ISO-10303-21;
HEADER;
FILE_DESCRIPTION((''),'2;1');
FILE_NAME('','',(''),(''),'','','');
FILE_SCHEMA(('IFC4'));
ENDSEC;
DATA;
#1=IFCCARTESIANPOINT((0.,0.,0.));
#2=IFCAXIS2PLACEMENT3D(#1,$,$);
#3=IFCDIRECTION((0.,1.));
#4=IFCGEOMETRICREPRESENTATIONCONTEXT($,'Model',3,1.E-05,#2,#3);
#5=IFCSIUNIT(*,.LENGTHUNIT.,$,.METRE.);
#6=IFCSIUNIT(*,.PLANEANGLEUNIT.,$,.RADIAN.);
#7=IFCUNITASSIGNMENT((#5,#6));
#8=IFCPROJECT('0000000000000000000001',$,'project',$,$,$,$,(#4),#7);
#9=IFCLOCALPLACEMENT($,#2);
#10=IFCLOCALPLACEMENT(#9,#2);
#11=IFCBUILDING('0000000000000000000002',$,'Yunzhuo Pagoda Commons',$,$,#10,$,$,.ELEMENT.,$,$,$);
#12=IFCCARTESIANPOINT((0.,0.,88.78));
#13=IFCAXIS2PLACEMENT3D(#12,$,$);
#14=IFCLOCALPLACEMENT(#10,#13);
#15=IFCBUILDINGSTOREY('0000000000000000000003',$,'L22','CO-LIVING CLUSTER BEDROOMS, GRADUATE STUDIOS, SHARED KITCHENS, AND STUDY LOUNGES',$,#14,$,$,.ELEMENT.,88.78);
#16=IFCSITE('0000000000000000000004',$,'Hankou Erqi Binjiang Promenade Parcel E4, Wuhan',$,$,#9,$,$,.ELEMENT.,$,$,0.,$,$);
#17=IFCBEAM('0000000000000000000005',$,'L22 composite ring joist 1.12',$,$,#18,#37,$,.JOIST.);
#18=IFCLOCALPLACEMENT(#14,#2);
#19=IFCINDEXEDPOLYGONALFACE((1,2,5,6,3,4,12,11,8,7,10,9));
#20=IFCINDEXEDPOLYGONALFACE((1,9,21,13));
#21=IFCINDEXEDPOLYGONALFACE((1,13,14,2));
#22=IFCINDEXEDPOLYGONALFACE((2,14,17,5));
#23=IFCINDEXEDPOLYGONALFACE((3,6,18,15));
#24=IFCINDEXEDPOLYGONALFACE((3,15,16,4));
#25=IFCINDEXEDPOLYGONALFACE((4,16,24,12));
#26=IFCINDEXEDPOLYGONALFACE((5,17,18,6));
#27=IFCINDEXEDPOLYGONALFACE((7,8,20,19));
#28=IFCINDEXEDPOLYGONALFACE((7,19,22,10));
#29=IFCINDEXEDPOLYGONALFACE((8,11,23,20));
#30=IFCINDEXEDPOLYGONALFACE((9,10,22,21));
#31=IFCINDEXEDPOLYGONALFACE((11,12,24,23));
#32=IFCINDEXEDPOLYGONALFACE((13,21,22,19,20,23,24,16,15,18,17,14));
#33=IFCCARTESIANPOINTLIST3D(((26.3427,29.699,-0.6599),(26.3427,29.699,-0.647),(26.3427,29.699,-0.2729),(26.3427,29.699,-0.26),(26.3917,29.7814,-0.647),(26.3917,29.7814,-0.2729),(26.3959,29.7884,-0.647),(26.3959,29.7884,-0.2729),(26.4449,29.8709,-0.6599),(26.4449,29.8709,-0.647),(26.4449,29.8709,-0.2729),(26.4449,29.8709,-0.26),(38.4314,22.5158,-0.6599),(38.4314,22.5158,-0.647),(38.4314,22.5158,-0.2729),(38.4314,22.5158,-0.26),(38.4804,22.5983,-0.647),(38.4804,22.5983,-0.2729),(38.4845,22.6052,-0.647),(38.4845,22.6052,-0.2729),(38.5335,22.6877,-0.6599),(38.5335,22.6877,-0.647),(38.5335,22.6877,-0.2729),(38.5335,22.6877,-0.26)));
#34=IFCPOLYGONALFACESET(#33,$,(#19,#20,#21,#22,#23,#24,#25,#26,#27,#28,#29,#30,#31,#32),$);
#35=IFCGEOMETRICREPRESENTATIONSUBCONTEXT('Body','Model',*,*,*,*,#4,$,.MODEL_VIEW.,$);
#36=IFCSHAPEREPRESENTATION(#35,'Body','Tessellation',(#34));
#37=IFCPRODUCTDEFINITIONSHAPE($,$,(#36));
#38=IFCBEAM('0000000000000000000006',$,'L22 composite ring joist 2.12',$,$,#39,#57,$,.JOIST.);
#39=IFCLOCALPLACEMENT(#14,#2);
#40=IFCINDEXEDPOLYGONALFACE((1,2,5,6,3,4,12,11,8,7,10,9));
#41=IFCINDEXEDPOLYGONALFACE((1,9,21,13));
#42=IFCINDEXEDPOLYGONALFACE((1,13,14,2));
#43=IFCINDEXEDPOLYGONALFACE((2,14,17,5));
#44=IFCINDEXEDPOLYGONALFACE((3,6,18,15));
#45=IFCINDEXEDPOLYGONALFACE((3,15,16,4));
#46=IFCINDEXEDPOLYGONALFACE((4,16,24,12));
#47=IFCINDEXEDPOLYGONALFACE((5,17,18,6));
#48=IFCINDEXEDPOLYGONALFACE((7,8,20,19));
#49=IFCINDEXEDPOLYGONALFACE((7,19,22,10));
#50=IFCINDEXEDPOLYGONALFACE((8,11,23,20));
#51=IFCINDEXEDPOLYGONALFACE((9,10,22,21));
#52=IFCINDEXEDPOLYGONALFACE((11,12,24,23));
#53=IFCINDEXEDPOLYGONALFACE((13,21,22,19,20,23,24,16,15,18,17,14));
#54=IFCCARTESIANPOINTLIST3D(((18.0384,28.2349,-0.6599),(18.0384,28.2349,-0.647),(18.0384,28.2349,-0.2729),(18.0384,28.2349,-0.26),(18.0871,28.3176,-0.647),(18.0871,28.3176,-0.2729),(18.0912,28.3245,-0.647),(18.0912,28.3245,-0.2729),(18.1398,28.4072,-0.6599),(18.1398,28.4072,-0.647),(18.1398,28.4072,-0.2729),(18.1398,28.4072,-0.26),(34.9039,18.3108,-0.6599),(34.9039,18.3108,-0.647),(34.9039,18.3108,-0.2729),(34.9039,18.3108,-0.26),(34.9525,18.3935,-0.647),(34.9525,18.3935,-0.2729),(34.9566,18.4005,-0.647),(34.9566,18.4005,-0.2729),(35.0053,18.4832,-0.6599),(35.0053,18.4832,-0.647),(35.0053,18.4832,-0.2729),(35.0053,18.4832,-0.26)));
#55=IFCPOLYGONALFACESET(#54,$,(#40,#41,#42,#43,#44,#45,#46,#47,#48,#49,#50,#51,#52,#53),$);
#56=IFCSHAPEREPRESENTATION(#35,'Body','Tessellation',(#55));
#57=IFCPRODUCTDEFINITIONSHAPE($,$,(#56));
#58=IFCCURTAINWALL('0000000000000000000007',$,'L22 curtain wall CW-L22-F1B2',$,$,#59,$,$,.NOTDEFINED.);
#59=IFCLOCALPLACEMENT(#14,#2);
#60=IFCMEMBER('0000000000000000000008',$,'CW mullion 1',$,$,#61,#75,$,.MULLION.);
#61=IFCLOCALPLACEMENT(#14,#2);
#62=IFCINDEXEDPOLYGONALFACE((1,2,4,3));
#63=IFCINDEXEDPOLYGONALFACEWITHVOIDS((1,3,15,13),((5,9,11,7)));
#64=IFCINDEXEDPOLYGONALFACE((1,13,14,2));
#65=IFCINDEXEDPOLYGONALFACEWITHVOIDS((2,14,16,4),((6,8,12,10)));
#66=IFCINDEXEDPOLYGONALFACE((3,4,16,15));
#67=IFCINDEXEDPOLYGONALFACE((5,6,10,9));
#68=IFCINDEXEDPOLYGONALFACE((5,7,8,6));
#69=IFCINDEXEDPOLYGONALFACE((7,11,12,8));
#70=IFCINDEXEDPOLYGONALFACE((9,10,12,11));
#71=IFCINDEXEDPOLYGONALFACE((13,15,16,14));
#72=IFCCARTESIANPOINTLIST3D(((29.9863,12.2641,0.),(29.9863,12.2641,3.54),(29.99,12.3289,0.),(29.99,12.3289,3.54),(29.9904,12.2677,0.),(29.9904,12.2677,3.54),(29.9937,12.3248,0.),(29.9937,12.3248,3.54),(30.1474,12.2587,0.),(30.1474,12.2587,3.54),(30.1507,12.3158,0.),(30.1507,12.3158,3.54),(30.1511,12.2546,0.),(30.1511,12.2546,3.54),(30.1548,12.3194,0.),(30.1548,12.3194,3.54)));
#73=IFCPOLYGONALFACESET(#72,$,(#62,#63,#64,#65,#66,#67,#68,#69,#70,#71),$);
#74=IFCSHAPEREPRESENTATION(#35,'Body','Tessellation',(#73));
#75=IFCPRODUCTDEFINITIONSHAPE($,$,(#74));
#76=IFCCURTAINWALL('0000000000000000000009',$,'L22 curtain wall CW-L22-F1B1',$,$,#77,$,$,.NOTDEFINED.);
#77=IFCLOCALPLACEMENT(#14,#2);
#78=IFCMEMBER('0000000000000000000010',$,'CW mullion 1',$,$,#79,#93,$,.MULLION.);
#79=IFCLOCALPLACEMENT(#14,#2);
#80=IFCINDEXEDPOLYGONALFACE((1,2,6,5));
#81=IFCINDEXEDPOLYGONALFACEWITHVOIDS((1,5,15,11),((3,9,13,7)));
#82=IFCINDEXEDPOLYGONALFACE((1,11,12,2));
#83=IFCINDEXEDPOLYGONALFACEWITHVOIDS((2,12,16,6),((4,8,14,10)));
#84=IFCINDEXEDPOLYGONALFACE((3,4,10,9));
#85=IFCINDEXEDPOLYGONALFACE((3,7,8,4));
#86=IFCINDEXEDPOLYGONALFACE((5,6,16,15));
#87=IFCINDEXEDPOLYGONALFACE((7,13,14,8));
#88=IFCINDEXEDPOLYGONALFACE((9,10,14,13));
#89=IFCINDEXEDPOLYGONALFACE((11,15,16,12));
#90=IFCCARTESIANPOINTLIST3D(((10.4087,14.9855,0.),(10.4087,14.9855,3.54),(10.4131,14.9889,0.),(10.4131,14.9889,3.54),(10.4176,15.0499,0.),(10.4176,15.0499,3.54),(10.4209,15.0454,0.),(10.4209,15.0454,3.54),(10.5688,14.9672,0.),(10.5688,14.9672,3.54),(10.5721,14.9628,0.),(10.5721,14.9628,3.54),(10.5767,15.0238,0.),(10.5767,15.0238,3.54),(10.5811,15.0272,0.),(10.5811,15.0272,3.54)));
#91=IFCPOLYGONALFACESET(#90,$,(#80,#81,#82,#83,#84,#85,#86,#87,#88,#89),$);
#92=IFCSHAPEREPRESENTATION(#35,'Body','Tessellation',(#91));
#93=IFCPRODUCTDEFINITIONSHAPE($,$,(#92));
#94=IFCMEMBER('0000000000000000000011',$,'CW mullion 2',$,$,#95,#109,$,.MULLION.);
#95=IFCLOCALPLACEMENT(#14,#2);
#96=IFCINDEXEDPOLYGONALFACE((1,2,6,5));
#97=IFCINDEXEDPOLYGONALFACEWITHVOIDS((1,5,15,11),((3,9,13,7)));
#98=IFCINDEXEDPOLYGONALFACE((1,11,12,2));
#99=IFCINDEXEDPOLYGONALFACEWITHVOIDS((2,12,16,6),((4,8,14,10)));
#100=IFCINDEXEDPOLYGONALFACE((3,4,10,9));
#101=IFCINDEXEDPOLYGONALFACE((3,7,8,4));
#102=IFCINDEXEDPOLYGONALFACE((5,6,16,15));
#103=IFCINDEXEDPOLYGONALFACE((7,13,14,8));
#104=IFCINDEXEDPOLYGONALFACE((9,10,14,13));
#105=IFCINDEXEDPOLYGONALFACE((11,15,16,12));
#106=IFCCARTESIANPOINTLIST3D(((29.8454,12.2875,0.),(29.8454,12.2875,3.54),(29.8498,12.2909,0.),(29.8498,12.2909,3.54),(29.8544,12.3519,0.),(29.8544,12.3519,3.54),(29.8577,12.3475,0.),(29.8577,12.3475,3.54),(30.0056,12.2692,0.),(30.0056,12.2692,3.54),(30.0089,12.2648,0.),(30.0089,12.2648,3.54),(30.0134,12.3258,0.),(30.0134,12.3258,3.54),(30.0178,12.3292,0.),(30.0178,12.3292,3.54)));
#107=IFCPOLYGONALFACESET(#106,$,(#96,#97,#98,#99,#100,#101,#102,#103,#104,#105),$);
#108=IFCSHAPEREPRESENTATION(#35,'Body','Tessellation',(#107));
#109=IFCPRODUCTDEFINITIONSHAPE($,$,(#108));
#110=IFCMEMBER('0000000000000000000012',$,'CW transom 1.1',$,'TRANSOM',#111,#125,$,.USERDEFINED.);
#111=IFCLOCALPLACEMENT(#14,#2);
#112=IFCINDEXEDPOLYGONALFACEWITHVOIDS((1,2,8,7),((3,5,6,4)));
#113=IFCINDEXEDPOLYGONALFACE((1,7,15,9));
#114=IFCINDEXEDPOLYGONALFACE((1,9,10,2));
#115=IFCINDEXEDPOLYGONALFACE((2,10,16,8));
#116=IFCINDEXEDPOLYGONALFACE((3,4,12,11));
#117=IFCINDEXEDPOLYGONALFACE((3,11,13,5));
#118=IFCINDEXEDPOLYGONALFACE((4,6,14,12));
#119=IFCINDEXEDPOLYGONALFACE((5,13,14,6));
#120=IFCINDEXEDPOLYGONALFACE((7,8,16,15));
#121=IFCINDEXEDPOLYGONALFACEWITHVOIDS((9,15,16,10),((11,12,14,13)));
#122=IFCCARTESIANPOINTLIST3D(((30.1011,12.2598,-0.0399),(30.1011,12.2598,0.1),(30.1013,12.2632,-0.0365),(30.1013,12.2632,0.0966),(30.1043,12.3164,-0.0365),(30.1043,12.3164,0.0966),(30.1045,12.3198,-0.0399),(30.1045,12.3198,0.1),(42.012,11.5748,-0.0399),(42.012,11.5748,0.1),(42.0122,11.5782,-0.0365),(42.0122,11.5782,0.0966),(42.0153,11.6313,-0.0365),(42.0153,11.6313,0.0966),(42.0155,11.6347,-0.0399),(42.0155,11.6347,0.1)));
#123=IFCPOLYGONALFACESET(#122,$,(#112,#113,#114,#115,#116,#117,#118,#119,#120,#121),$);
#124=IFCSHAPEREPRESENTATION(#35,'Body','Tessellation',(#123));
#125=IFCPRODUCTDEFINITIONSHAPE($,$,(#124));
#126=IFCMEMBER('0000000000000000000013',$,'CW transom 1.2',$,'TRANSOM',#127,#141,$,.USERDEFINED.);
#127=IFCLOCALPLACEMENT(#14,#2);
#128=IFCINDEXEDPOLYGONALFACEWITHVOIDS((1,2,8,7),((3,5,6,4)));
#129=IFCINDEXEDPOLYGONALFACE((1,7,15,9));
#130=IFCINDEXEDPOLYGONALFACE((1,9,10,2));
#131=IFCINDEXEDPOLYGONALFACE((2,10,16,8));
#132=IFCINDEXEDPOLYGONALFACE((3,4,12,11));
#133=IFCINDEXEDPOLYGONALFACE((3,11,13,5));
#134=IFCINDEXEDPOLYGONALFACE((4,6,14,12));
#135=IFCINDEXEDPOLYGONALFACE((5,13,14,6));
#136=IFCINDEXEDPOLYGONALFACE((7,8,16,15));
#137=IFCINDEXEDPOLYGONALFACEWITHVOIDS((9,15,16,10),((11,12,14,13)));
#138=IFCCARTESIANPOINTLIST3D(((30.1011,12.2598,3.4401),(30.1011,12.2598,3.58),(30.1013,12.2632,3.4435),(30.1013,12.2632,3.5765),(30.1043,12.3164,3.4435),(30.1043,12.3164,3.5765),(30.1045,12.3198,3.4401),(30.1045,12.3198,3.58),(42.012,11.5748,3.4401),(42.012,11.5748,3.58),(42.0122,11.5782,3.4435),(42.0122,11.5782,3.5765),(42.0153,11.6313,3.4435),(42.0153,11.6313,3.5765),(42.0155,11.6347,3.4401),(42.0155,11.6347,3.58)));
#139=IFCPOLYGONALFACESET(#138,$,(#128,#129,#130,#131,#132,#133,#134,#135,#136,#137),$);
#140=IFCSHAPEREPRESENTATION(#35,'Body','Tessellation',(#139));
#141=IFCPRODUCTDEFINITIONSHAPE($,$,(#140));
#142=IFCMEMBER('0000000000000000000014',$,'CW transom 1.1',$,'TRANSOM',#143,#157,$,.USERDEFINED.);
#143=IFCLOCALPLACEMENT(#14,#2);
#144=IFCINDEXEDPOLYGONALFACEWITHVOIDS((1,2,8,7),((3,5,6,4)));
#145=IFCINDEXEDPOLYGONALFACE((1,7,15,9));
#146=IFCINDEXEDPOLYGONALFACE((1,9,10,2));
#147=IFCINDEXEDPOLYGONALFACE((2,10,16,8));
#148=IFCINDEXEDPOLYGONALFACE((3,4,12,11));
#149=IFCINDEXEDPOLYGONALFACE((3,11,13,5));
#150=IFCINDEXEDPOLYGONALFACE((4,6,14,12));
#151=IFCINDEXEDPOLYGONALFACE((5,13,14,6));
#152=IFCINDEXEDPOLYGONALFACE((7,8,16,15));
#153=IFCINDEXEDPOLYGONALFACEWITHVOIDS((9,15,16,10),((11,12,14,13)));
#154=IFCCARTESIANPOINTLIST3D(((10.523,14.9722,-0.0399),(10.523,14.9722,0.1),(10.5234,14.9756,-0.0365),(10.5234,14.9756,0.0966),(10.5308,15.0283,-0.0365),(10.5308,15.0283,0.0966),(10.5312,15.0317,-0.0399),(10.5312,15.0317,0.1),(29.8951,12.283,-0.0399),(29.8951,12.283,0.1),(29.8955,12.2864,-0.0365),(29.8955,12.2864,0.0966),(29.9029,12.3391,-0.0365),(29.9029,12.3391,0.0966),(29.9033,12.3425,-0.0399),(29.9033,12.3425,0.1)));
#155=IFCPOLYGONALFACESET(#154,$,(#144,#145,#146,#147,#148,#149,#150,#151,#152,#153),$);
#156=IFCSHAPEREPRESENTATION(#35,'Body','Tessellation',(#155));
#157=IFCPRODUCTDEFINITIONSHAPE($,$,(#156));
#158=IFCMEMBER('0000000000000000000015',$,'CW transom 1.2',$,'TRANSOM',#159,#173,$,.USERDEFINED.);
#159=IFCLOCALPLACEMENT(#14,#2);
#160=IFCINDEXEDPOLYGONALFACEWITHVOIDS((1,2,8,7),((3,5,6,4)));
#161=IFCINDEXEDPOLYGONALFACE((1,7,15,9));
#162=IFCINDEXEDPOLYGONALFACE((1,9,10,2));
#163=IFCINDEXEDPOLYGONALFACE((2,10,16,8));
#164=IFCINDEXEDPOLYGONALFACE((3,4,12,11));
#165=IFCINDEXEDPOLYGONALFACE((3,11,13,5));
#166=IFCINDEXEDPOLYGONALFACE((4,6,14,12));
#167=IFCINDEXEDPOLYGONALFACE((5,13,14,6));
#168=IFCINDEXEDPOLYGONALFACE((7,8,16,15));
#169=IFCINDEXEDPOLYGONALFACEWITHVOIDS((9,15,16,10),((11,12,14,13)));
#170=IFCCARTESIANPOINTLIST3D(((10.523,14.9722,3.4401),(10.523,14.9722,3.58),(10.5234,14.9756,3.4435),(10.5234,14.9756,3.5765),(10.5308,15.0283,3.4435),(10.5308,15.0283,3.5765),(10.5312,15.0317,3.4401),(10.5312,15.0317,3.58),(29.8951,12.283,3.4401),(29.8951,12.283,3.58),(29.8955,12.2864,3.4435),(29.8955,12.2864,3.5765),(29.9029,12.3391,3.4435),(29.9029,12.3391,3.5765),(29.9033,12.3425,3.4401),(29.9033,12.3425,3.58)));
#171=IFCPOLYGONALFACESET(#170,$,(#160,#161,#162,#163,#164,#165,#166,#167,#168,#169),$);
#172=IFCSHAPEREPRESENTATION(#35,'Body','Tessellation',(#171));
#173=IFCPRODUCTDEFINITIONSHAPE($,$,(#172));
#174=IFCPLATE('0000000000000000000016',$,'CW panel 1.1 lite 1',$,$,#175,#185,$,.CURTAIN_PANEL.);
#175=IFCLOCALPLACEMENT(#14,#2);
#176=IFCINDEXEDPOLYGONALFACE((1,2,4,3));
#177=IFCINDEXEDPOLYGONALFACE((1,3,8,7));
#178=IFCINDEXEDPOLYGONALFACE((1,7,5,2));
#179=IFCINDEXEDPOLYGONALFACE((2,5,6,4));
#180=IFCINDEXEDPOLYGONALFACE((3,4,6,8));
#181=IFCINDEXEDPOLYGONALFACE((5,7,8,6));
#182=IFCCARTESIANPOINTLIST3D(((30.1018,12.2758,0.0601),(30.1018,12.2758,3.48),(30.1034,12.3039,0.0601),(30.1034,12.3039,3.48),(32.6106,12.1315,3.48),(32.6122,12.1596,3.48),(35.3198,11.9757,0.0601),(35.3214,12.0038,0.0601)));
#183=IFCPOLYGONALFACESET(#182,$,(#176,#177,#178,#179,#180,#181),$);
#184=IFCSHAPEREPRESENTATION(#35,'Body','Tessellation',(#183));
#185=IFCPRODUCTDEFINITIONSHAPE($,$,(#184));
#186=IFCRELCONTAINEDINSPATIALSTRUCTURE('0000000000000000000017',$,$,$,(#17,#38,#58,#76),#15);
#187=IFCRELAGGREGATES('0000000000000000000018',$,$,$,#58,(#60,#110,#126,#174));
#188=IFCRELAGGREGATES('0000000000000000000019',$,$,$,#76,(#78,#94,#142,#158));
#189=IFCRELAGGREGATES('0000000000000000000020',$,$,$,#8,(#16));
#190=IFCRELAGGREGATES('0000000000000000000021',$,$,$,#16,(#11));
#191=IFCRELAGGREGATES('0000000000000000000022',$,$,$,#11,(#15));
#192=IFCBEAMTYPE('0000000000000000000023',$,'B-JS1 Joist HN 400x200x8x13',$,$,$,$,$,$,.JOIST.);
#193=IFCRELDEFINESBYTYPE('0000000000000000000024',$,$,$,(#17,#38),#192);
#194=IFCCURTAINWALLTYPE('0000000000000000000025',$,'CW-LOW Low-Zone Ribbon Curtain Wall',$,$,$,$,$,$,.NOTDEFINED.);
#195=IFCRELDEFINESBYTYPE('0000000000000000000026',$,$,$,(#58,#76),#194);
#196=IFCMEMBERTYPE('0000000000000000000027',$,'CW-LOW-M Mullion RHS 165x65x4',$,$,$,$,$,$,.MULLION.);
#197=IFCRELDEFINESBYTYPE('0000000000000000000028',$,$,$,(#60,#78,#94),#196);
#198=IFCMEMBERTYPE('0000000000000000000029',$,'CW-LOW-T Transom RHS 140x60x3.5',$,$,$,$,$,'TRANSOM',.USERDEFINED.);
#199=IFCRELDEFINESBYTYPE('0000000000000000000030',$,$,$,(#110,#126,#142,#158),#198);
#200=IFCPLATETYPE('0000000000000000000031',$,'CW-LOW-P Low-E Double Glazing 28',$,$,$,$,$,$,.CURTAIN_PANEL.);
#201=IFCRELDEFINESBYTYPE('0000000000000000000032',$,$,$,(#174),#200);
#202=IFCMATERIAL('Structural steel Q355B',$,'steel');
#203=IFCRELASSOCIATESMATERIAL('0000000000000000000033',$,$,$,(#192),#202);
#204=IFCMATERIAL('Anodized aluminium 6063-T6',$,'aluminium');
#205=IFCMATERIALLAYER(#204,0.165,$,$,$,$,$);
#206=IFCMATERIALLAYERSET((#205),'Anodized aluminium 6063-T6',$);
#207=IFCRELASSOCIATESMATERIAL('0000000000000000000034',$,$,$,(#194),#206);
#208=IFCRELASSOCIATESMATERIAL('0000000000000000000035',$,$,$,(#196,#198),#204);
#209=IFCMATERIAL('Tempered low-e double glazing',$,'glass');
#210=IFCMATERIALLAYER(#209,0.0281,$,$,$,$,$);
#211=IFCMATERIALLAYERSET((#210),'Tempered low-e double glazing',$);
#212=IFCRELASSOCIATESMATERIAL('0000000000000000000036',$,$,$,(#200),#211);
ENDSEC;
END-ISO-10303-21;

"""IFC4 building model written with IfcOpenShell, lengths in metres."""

from ifc_helpers import new_model, si_unit, direction, frame, origin, origin_2d, place, context, subcontext, project, spatial, polyline, hollow_rectangle, i_section, outline, extrude, source, transform, mapped, material, layer, layer_set, material_profile, profile_set, type_object, element, aggregate, save


model = new_model("IFC4")

# Units and contexts
model_context = context("Model", 3, precision=1e-05, world=origin(), true_north=direction((0.0, 1.0)))
body_context = subcontext(model_context, "Body", "Model", "MODEL_VIEW")
ifc_project = project(units=[si_unit("LENGTHUNIT", "METRE"), si_unit("PLANEANGLEUNIT", "RADIAN")], contexts=[model_context])

# Site, building, storey
site_placement = place(None, origin())
site = spatial("IfcSite", under=ifc_project, at=site_placement, Name="Hankou Erqi Binjiang Promenade Parcel E4, Wuhan", CompositionType="ELEMENT", RefElevation=0.0)
building_placement = place(site_placement, origin())
building = spatial("IfcBuilding", under=site, at=building_placement, Name="Yunzhuo Pagoda Commons", CompositionType="ELEMENT")
storey_placement = place(building_placement, frame((0.0, 0.0, 88.78)))
storey = spatial("IfcBuildingStorey", under=building, at=storey_placement, Name="L22", Description="CO-LIVING CLUSTER BEDROOMS, GRADUATE STUDIOS, SHARED KITCHENS, AND STUDY LOUNGES", CompositionType="ELEMENT", Elevation=88.78)

# Beams
ifc_material_1 = material(Name="Structural steel Q355B", Category="steel")
ifc_material_profile_1 = material_profile(ifc_material_1, i_section(OverallWidth=0.2, OverallDepth=0.3999, WebThickness=0.0081, FlangeThickness=0.0129, at=origin_2d()), Name="Structural steel Q355B")
ifc_profile_set_1 = profile_set([ifc_material_profile_1], Name="Structural steel Q355B")
beam_type_1 = type_object("IfcBeamType", Name="B-JS1 Joist HN 400x200x8x13", PredefinedType="JOIST", material=ifc_profile_set_1)
shared_shape_1 = source(origin(), body_context, "Body", "SweptSolid", [
    extrude(i_section(OverallWidth=0.2, OverallDepth=0.3999, WebThickness=0.0081, FlangeThickness=0.0129, at=origin_2d()), origin(), (0.0, 0.0, 1.0), 14.0618),
])
beam_1_placement = place(storey_placement, frame((26.3938, 29.7849, -0.46), z_axis=(0.859683, -0.510827, 0.0), x_axis=(0.510827, 0.859683, 0.0)))
element("IfcBeam", 1, at=beam_1_placement, inside=storey, type_object=beam_type_1, Name="L22 composite ring joist 1.12", PredefinedType="JOIST", context=body_context, shape_type="MappedRepresentation", body=[
    mapped(shared_shape_1, transform((0.0, 0.0, 0.0), scale=1.0)),
])
shared_shape_2 = source(origin(), body_context, "Body", "SweptSolid", [
    extrude(i_section(OverallWidth=0.2, OverallDepth=0.3999, WebThickness=0.0081, FlangeThickness=0.0129, at=origin_2d()), origin(), (0.0, 0.0, 1.0), 19.5686),
])
beam_2_placement = place(storey_placement, frame((18.0891, 28.321, -0.46), z_axis=(0.861863, -0.507142, 0.0), x_axis=(0.507142, 0.861863, 0.0)))
element("IfcBeam", 2, at=beam_2_placement, inside=storey, type_object=beam_type_1, Name="L22 composite ring joist 2.12", PredefinedType="JOIST", context=body_context, shape_type="MappedRepresentation", body=[
    mapped(shared_shape_2, transform((0.0, 0.0, 0.0), scale=1.0)),
])

# Curtain wall, member
ifc_material_2 = material(Name="Anodized aluminium 6063-T6", Category="aluminium")
ifc_layer_1 = layer(ifc_material_2, 0.165)
ifc_layer_set_1 = layer_set([ifc_layer_1], Name="Anodized aluminium 6063-T6")
curtain_wall_type = type_object("IfcCurtainWallType", Name="CW-LOW Low-Zone Ribbon Curtain Wall", PredefinedType="NOTDEFINED", material=ifc_layer_set_1)
curtain_wall_1_placement = place(storey_placement, origin())
curtain_wall_1 = element("IfcCurtainWall", 3, at=curtain_wall_1_placement, inside=storey, type_object=curtain_wall_type, Name="L22 curtain wall CW-L22-F1B2", PredefinedType="NOTDEFINED")
ifc_material_profile_2 = material_profile(ifc_material_2, hollow_rectangle(XDim=0.0649, YDim=0.165, WallThickness=0.0039, at=origin_2d()), Name="Anodized aluminium 6063-T6")
ifc_profile_set_2 = profile_set([ifc_material_profile_2], Name="Anodized aluminium 6063-T6")
member_type_1 = type_object("IfcMemberType", Name="CW-LOW-M Mullion RHS 165x65x4", PredefinedType="MULLION", material=ifc_profile_set_2)
shared_shape_3 = source(origin(), body_context, "Body", "SweptSolid", [
    extrude(hollow_rectangle(XDim=0.0649, YDim=0.165, WallThickness=0.0039, at=origin_2d()), origin(), (0.0, 0.0, 1.0), 3.54),
])
member_1_placement = place(storey_placement, frame((30.0706, 12.2917, 0.0), z_axis=(0.0, 0.0, 1.0), x_axis=(0.057418, 0.99835, 0.0)))
member_1 = element("IfcMember", 4, at=member_1_placement, type_object=member_type_1, Name="CW mullion 1", PredefinedType="MULLION", context=body_context, shape_type="MappedRepresentation", body=[
    mapped(shared_shape_3, transform((0.0, 0.0, 0.0), scale=1.0)),
])

# Curtain wall, members
curtain_wall_2_placement = place(storey_placement, origin())
curtain_wall_2 = element("IfcCurtainWall", 5, at=curtain_wall_2_placement, inside=storey, type_object=curtain_wall_type, Name="L22 curtain wall CW-L22-F1B1", PredefinedType="NOTDEFINED")
member_2_placement = place(storey_placement, frame((10.4949, 15.0063, 0.0), z_axis=(0.0, 0.0, 1.0), x_axis=(0.137496, 0.990502, 0.0)))
member_2 = element("IfcMember", 6, at=member_2_placement, type_object=member_type_1, Name="CW mullion 1", PredefinedType="MULLION", context=body_context, shape_type="MappedRepresentation", body=[
    mapped(shared_shape_3, transform((0.0, 0.0, 0.0), scale=1.0)),
])
member_3_placement = place(storey_placement, frame((29.9316, 12.3083, 0.0), z_axis=(0.0, 0.0, 1.0), x_axis=(0.137496, 0.990502, 0.0)))
member_3 = element("IfcMember", 7, at=member_3_placement, type_object=member_type_1, Name="CW mullion 2", PredefinedType="MULLION", context=body_context, shape_type="MappedRepresentation", body=[
    mapped(shared_shape_3, transform((0.0, 0.0, 0.0), scale=1.0)),
])

# Members
ifc_material_profile_3 = material_profile(ifc_material_2, hollow_rectangle(XDim=0.0601, YDim=0.1399, WallThickness=0.0034, at=origin_2d()), Name="Anodized aluminium 6063-T6")
ifc_profile_set_3 = profile_set([ifc_material_profile_3], Name="Anodized aluminium 6063-T6")
member_type_2 = type_object("IfcMemberType", Name="CW-LOW-T Transom RHS 140x60x3.5", ElementType="TRANSOM", PredefinedType="USERDEFINED", material=ifc_profile_set_3)
shared_shape_4 = source(origin(), body_context, "Body", "SweptSolid", [
    extrude(hollow_rectangle(XDim=0.0601, YDim=0.1399, WallThickness=0.0034, at=origin_2d()), origin(), (0.0, 0.0, 1.0), 11.9307),
])
member_4_placement = place(storey_placement, frame((30.1028, 12.2898, 0.03), z_axis=(0.99835, -0.05742, 0.0), x_axis=(0.05742, 0.99835, 0.0)))
member_4 = element("IfcMember", 8, at=member_4_placement, type_object=member_type_2, Name="CW transom 1.1", ObjectType="TRANSOM", PredefinedType="USERDEFINED", context=body_context, shape_type="MappedRepresentation", body=[
    mapped(shared_shape_4, transform((0.0, 0.0, 0.0), scale=1.0)),
])
member_5_placement = place(storey_placement, frame((30.1028, 12.2898, 3.51), z_axis=(0.99835, -0.05742, 0.0), x_axis=(0.05742, 0.99835, 0.0)))
member_5 = element("IfcMember", 9, at=member_5_placement, type_object=member_type_2, Name="CW transom 1.2", ObjectType="TRANSOM", PredefinedType="USERDEFINED", context=body_context, shape_type="MappedRepresentation", body=[
    mapped(shared_shape_4, transform((0.0, 0.0, 0.0), scale=1.0)),
])
shared_shape_5 = source(origin(), body_context, "Body", "SweptSolid", [
    extrude(hollow_rectangle(XDim=0.0601, YDim=0.1399, WallThickness=0.0034, at=origin_2d()), origin(), (0.0, 0.0, 1.0), 19.5579),
])
member_6_placement = place(storey_placement, frame((10.5271, 15.002, 0.03), z_axis=(0.990502, -0.1375, 0.0), x_axis=(0.1375, 0.990502, 0.0)))
member_6 = element("IfcMember", 10, at=member_6_placement, type_object=member_type_2, Name="CW transom 1.1", ObjectType="TRANSOM", PredefinedType="USERDEFINED", context=body_context, shape_type="MappedRepresentation", body=[
    mapped(shared_shape_5, transform((0.0, 0.0, 0.0), scale=1.0)),
])
member_7_placement = place(storey_placement, frame((10.5271, 15.002, 3.51), z_axis=(0.990502, -0.1375, 0.0), x_axis=(0.1375, 0.990502, 0.0)))
member_7 = element("IfcMember", 11, at=member_7_placement, type_object=member_type_2, Name="CW transom 1.2", ObjectType="TRANSOM", PredefinedType="USERDEFINED", context=body_context, shape_type="MappedRepresentation", body=[
    mapped(shared_shape_5, transform((0.0, 0.0, 0.0), scale=1.0)),
])

# Plate
ifc_material_3 = material(Name="Tempered low-e double glazing", Category="glass")
ifc_layer_2 = layer(ifc_material_3, 0.0281)
ifc_layer_set_2 = layer_set([ifc_layer_2], Name="Tempered low-e double glazing")
plate_type_1 = type_object("IfcPlateType", Name="CW-LOW-P Low-E Double Glazing 28", PredefinedType="CURTAIN_PANEL", material=ifc_layer_set_2)
plate_1_placement = place(storey_placement, frame((32.7124, 12.1538, 1.77), z_axis=(-0.057418, -0.99835, 0.0), x_axis=(0.99835, -0.057418, 0.0)))
plate_1 = element("IfcPlate", 12, at=plate_1_placement, type_object=plate_type_1, Name="CW panel 1.1 lite 1", PredefinedType="CURTAIN_PANEL", context=body_context, shape_type="SweptSolid", body=[
    extrude(outline(polyline([(-2.6133, -1.71), (2.6133, -1.71), (-0.1003, 1.71), (-2.6133, 1.71), (-2.6133, -1.71)])), origin(), (0.0, 0.0, 1.0), 0.0281),
])
aggregate(curtain_wall_1, [member_1, member_4, member_5, plate_1])
aggregate(curtain_wall_2, [member_2, member_3, member_6, member_7])

save(model, "model.ifc")
